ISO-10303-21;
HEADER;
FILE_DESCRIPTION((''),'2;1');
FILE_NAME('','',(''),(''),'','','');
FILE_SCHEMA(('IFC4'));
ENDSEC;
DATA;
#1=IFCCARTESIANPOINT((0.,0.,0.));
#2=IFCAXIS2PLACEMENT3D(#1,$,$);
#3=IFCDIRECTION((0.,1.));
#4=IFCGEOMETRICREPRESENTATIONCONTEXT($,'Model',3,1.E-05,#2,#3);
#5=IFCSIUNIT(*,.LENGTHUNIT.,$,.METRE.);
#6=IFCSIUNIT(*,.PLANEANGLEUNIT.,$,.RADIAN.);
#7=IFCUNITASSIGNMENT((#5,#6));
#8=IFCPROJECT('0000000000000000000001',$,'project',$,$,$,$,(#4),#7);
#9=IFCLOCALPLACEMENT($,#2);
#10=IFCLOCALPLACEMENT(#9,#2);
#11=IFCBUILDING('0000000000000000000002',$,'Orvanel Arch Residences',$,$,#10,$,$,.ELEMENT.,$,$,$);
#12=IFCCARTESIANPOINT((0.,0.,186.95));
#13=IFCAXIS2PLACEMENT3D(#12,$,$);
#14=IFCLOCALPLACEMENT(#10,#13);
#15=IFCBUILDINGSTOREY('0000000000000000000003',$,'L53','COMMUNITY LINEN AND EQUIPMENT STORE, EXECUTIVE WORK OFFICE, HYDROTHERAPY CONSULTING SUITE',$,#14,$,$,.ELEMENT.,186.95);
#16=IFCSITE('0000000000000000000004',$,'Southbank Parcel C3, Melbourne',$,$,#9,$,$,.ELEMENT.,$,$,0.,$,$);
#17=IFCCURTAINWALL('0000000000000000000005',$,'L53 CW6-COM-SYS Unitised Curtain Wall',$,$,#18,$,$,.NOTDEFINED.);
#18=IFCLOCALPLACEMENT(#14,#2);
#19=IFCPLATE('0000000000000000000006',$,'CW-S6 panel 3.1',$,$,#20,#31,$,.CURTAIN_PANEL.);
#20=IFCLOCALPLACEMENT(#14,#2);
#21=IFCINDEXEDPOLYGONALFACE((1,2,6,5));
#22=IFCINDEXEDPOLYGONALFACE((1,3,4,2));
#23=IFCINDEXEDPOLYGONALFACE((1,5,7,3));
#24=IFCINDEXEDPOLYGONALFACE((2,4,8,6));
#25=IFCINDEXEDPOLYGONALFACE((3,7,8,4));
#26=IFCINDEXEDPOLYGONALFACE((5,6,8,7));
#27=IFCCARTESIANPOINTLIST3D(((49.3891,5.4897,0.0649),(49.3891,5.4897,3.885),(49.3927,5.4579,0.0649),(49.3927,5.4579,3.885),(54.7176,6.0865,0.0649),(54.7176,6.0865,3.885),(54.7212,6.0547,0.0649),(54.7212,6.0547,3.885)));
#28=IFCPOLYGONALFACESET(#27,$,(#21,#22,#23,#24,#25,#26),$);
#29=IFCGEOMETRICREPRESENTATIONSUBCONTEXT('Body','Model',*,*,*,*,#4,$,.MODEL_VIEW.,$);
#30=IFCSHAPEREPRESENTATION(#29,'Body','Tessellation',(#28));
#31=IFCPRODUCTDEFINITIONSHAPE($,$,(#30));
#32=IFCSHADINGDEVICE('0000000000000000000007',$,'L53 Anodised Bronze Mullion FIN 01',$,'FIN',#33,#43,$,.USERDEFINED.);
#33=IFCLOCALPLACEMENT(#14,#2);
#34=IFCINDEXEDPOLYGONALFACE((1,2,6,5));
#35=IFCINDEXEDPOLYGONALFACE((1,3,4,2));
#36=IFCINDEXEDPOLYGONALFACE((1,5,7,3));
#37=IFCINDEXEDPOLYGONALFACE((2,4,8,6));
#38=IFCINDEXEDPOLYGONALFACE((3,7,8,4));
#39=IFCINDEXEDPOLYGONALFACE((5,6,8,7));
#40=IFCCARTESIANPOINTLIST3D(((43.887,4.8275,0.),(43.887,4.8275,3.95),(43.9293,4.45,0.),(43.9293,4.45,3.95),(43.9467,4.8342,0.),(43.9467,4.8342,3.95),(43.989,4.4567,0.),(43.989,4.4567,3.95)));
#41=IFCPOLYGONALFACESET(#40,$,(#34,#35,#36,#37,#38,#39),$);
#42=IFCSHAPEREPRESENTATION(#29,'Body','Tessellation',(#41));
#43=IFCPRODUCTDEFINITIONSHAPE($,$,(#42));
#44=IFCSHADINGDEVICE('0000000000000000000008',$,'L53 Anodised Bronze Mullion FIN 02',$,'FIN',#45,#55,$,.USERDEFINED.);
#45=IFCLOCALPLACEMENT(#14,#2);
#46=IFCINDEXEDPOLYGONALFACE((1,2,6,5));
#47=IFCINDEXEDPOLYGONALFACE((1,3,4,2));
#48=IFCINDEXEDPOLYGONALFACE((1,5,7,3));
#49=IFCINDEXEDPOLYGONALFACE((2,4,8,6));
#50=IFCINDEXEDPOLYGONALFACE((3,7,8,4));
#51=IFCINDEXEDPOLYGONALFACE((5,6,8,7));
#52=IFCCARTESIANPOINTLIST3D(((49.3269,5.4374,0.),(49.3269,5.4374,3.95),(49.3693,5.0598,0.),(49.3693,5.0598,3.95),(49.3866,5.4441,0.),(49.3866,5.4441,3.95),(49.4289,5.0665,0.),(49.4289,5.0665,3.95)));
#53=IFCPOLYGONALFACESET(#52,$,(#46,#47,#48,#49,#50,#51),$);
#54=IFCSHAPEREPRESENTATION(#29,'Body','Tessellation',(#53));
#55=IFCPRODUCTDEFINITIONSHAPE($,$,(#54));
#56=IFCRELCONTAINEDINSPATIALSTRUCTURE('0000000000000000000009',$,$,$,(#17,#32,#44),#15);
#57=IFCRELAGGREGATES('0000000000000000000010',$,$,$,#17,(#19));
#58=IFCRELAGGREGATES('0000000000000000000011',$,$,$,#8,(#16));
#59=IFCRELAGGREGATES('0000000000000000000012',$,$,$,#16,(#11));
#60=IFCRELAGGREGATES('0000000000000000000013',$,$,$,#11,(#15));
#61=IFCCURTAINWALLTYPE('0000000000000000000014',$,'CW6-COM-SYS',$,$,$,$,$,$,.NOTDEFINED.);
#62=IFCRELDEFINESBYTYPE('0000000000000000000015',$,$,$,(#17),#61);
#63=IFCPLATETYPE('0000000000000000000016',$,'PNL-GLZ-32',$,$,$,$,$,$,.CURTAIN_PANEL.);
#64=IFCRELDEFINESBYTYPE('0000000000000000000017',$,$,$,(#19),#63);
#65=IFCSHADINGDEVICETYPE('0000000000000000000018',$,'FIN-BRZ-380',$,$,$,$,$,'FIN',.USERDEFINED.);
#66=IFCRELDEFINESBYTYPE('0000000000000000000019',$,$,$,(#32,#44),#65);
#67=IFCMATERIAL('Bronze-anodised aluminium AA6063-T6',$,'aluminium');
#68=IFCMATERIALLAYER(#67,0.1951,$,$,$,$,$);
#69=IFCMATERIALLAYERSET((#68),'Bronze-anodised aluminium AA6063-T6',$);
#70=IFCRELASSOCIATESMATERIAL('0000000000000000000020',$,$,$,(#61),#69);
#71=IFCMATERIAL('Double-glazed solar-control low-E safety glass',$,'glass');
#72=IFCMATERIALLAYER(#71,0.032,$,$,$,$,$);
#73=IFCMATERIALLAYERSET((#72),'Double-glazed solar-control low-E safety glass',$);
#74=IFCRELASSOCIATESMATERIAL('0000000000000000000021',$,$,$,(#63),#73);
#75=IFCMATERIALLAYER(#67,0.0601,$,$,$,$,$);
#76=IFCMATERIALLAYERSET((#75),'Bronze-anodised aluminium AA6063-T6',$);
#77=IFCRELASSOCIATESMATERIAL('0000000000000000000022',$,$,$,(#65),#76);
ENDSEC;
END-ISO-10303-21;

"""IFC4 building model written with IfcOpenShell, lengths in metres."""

from ifc_helpers import new_model, si_unit, direction, frame, origin, origin_2d, place, context, subcontext, project, spatial, rectangle, extrude, material, layer, layer_set, type_object, element, aggregate, save


model = new_model("IFC4")

# Units and contexts
model_context = context("Model", 3, precision=1e-05, world=origin(), true_north=direction((0.0, 1.0)))
body_context = subcontext(model_context, "Body", "Model", "MODEL_VIEW")
ifc_project = project(units=[si_unit("LENGTHUNIT", "METRE"), si_unit("PLANEANGLEUNIT", "RADIAN")], contexts=[model_context])

# Site, building, storey
site_placement = place(None, origin())
site = spatial("IfcSite", under=ifc_project, at=site_placement, Name="Southbank Parcel C3, Melbourne", CompositionType="ELEMENT", RefElevation=0.0)
building_placement = place(site_placement, origin())
building = spatial("IfcBuilding", under=site, at=building_placement, Name="Orvanel Arch Residences", CompositionType="ELEMENT")
storey_placement = place(building_placement, frame((0.0, 0.0, 186.95)))
storey = spatial("IfcBuildingStorey", under=building, at=storey_placement, Name="L53", Description="COMMUNITY LINEN AND EQUIPMENT STORE, EXECUTIVE WORK OFFICE, HYDROTHERAPY CONSULTING SUITE", CompositionType="ELEMENT", Elevation=186.95)

# Shared definitions
ifc_material_1 = material(Name="Bronze-anodised aluminium AA6063-T6", Category="aluminium")

# Curtain wall
ifc_layer_1 = layer(ifc_material_1, 0.1951)
ifc_layer_set_1 = layer_set([ifc_layer_1], Name="Bronze-anodised aluminium AA6063-T6")
curtain_wall_type_1 = type_object("IfcCurtainWallType", Name="CW6-COM-SYS", PredefinedType="NOTDEFINED", material=ifc_layer_set_1)
curtain_wall_1_placement = place(storey_placement, origin())
curtain_wall_1 = element("IfcCurtainWall", 1, at=curtain_wall_1_placement, inside=storey, type_object=curtain_wall_type_1, Name="L53 CW6-COM-SYS Unitised Curtain Wall", PredefinedType="NOTDEFINED")

# Plate
ifc_material_2 = material(Name="Double-glazed solar-control low-E safety glass", Category="glass")
ifc_layer_2 = layer(ifc_material_2, 0.032)
ifc_layer_set_2 = layer_set([ifc_layer_2], Name="Double-glazed solar-control low-E safety glass")
plate_type_1 = type_object("IfcPlateType", Name="PNL-GLZ-32", PredefinedType="CURTAIN_PANEL", material=ifc_layer_set_2)
plate_1_placement = place(storey_placement, frame((52.0552, 5.7722, 0.0649), z_axis=(0.0, 0.0, 1.0), x_axis=(0.993786, 0.111307, 0.0)))
plate_1 = element("IfcPlate", 2, at=plate_1_placement, type_object=plate_type_1, Name="CW-S6 panel 3.1", PredefinedType="CURTAIN_PANEL", context=body_context, shape_type="SweptSolid", body=[
    extrude(rectangle(XDim=5.3618, YDim=0.032, at=origin_2d()), origin(), (0.0, 0.0, 1.0), 3.8201),
])
aggregate(curtain_wall_1, [plate_1])

# Shading devices
ifc_layer_3 = layer(ifc_material_1, 0.0601)
ifc_layer_set_3 = layer_set([ifc_layer_3], Name="Bronze-anodised aluminium AA6063-T6")
shading_device_type = type_object("IfcShadingDeviceType", Name="FIN-BRZ-380", ElementType="FIN", PredefinedType="USERDEFINED", material=ifc_layer_set_3)
for number, where, z_axis, x_axis, name in (
    (3, (43.938, 4.6421, 0.0), (0.0, 0.0, 1.0), (0.111469, -0.993768, 0.0), "L53 Anodised Bronze Mullion FIN 01"),
    (4, (49.3779, 5.252, 0.0), (0.0, 0.0, 1.0), (0.111469, -0.993768, 0.0), "L53 Anodised Bronze Mullion FIN 02"),
):
    element("IfcShadingDevice", number, at=place(storey_placement, frame(where, z_axis=z_axis, x_axis=x_axis)), inside=storey, type_object=shading_device_type, Name=name, ObjectType="FIN", PredefinedType="USERDEFINED", context=body_context, shape_type="SweptSolid", body=[
        extrude(rectangle(XDim=0.3799, YDim=0.0601, at=origin_2d()), origin(), (0.0, 0.0, 1.0), 3.95),
    ])

save(model, "model.ifc")
